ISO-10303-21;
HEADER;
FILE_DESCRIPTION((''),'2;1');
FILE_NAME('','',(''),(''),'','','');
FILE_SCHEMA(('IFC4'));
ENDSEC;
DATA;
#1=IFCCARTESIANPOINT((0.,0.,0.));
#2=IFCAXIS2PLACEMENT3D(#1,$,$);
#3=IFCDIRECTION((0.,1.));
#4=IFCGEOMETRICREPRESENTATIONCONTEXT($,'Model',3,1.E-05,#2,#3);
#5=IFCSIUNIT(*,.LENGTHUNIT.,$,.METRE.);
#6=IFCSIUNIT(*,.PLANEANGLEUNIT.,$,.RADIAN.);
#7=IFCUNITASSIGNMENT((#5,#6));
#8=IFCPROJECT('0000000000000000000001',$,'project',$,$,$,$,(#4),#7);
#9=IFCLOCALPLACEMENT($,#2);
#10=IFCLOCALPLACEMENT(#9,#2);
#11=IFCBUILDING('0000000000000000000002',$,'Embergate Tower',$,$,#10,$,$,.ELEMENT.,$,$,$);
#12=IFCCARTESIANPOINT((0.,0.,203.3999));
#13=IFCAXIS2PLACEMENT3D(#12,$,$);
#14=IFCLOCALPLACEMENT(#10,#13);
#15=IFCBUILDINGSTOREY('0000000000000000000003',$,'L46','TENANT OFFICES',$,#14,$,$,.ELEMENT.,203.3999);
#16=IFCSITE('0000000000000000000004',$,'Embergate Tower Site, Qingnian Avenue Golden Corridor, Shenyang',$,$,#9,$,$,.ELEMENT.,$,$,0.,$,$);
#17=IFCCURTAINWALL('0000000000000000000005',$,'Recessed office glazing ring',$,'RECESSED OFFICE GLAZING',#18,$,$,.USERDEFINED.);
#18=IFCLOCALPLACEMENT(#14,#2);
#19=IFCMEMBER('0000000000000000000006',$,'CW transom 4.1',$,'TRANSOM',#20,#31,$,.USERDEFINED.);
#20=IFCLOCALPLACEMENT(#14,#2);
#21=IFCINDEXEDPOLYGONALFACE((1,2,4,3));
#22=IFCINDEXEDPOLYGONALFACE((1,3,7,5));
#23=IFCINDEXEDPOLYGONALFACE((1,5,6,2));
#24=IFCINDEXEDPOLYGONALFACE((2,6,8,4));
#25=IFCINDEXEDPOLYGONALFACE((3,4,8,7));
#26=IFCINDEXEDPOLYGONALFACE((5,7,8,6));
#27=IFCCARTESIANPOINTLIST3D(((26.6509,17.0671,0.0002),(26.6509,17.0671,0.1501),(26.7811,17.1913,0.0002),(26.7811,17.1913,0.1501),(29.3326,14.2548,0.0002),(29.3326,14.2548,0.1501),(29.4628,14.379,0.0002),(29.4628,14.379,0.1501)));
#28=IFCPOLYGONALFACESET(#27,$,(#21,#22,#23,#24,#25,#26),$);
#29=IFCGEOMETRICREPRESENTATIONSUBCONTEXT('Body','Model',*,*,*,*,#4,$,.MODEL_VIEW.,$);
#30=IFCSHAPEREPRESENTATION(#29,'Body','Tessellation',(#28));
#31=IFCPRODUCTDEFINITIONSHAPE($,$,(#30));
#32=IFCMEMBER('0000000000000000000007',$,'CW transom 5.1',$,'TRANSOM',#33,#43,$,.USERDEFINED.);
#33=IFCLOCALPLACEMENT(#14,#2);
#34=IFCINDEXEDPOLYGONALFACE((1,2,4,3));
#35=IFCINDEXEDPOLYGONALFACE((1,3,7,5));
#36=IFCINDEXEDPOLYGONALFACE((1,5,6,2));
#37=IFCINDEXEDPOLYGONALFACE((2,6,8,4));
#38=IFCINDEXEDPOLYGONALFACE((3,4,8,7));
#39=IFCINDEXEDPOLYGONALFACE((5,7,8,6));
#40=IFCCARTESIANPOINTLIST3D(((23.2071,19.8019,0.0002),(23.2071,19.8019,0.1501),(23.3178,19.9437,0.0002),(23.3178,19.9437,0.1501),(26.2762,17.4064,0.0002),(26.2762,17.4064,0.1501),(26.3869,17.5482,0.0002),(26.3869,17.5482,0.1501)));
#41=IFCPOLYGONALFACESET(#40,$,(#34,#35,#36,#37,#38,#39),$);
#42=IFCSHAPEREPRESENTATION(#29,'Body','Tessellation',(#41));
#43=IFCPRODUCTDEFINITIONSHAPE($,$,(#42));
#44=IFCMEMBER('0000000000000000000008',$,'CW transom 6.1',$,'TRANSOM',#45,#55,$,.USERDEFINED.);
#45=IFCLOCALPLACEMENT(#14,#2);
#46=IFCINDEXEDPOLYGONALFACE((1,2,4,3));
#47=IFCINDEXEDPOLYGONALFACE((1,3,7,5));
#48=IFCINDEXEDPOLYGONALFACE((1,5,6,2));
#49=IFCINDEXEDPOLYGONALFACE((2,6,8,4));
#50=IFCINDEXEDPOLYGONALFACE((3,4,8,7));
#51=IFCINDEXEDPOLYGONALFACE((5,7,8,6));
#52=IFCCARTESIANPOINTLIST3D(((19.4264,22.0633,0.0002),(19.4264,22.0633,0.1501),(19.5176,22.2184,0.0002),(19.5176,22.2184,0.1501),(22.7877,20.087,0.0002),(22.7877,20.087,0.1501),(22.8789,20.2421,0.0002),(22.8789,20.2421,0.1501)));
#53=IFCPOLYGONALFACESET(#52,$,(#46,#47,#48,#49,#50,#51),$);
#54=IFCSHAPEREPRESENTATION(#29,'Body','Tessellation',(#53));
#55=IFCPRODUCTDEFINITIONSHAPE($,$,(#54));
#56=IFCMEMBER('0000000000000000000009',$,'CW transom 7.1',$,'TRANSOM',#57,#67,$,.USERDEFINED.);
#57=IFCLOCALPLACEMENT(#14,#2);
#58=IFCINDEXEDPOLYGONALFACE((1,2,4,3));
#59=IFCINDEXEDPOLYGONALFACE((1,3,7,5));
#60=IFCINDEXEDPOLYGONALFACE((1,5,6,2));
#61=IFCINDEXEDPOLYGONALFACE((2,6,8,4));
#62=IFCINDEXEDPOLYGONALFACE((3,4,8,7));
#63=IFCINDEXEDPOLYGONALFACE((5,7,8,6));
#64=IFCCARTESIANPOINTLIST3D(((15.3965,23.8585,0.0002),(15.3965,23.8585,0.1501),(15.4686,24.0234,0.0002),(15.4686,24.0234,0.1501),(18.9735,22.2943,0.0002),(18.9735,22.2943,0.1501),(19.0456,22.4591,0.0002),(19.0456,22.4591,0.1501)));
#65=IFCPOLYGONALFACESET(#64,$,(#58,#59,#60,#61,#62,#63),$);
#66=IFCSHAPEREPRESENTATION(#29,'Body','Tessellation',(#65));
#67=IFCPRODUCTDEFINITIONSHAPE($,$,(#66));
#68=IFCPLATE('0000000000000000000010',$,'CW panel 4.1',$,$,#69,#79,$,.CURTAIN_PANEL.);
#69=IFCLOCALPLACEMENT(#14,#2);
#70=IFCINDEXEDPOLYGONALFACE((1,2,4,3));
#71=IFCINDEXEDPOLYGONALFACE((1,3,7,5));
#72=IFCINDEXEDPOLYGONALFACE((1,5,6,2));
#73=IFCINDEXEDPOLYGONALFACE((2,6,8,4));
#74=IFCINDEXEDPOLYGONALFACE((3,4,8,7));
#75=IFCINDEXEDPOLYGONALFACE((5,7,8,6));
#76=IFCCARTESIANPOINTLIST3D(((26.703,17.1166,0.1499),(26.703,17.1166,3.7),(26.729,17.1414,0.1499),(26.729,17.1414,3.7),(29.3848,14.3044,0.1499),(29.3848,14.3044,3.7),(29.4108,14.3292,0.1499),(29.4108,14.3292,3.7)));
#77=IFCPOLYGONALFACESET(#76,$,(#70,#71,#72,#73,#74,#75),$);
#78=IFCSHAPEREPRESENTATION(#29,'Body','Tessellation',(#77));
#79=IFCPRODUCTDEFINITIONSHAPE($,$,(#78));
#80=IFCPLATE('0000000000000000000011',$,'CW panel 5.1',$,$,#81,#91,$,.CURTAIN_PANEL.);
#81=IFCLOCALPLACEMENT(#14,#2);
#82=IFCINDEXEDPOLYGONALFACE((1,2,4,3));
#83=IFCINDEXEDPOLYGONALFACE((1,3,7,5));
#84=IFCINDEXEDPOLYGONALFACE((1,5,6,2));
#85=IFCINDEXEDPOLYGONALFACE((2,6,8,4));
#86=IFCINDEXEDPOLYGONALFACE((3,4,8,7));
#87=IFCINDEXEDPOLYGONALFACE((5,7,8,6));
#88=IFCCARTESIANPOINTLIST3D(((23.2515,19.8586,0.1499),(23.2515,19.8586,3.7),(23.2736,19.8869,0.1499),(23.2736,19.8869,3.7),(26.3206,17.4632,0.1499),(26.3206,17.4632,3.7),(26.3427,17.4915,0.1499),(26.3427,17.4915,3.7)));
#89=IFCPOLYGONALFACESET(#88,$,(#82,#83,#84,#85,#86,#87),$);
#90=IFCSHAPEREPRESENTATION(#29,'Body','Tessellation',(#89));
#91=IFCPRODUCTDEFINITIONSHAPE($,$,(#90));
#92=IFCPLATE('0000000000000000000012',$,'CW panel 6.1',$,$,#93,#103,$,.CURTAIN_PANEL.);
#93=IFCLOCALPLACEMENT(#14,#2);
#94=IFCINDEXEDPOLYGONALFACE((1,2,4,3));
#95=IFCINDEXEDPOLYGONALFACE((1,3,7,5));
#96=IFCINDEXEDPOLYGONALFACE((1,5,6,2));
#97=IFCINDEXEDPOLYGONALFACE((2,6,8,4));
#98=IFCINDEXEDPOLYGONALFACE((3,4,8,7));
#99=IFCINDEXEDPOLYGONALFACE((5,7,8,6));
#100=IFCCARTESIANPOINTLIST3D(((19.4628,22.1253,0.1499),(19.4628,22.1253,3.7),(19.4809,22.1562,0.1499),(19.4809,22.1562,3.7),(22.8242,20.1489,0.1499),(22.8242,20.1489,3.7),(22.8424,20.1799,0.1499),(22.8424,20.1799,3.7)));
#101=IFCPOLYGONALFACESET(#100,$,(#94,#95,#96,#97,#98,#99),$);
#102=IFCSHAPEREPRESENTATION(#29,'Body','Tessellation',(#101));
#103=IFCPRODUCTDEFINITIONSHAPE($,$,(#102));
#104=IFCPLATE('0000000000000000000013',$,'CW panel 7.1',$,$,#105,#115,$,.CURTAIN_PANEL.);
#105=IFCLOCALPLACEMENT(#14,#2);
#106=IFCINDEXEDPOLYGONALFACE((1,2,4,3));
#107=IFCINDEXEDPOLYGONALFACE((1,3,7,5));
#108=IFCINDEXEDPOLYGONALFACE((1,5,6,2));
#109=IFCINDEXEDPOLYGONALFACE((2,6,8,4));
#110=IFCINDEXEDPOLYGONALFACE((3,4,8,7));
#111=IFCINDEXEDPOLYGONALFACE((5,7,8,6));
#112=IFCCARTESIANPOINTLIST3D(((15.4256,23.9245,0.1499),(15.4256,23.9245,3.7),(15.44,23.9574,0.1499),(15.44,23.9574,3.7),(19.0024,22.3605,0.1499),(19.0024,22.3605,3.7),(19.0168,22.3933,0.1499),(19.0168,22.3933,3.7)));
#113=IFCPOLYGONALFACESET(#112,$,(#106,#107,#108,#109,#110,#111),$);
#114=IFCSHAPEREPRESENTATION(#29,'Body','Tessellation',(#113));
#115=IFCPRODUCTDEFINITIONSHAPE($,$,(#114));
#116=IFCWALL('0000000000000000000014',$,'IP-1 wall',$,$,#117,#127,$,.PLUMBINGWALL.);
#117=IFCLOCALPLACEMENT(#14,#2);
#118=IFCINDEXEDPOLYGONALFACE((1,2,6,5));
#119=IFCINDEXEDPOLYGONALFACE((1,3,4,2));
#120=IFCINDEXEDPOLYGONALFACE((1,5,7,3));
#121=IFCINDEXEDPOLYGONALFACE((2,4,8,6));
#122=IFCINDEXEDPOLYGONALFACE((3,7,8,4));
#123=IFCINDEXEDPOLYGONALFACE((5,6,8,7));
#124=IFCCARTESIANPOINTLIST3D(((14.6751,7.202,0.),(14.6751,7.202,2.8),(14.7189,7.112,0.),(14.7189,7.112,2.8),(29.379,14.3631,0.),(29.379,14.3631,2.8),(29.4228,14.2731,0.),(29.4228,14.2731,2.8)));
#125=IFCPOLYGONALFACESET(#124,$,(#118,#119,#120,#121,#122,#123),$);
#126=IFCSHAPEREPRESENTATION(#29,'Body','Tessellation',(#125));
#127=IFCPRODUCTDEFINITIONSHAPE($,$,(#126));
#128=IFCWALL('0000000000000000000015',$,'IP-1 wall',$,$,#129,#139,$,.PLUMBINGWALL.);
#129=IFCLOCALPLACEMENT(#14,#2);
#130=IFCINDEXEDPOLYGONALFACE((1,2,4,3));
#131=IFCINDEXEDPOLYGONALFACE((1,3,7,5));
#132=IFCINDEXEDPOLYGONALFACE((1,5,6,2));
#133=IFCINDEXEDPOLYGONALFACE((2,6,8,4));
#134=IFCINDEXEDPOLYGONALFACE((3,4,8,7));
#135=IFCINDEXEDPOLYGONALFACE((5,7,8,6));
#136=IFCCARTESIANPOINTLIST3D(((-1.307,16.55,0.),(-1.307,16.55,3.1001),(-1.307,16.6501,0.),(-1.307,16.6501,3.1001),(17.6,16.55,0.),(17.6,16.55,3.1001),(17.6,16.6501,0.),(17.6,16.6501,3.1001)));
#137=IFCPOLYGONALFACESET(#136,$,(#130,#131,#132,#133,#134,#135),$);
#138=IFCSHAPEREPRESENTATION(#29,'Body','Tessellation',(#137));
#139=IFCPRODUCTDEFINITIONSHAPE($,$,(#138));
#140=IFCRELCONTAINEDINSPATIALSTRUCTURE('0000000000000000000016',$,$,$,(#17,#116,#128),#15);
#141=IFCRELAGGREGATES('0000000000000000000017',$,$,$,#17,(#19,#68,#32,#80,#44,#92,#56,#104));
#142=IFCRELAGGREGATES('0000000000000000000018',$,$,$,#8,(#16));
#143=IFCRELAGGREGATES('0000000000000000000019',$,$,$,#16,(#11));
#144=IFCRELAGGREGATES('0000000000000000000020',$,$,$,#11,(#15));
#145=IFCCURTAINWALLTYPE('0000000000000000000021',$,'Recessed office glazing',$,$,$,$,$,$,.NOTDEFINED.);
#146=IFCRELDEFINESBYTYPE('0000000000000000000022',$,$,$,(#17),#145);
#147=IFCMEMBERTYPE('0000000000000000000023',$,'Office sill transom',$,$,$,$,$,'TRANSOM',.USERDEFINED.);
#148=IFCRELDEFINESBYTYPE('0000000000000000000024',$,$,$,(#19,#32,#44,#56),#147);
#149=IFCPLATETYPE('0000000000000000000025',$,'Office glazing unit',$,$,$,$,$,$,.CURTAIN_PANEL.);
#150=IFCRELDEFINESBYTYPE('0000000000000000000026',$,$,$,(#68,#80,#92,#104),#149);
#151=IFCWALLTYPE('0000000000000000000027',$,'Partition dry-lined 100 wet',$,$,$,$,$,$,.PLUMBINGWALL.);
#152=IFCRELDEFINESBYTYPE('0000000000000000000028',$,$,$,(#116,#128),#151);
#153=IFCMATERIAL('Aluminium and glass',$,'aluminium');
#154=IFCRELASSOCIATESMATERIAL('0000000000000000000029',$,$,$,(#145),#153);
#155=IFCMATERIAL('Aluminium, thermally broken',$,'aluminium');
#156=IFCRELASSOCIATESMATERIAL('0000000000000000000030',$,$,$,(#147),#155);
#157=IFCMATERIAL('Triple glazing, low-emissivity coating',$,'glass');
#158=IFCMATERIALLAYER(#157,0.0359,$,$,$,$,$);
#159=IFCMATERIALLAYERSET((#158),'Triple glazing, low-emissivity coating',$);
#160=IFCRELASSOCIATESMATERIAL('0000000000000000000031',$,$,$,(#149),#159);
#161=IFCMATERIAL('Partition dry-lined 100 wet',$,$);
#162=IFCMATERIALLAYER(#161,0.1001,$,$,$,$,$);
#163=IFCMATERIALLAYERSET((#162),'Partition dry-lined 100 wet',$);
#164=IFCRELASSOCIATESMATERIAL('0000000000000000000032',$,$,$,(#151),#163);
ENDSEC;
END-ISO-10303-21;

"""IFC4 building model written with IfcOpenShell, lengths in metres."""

from ifc_helpers import new_model, si_unit, direction, frame, frame_2d, origin, origin_2d, place, context, subcontext, project, spatial, rectangle, extrude, source, transform, mapped, material, layer, layer_set, material_profile, profile_set, type_object, element, aggregate, save


model = new_model("IFC4")

# Units and contexts
model_context = context("Model", 3, precision=1e-05, world=origin(), true_north=direction((0.0, 1.0)))
body_context = subcontext(model_context, "Body", "Model", "MODEL_VIEW")
ifc_project = project(units=[si_unit("LENGTHUNIT", "METRE"), si_unit("PLANEANGLEUNIT", "RADIAN")], contexts=[model_context])

# Site, building, storey
site_placement = place(None, origin())
site = spatial("IfcSite", under=ifc_project, at=site_placement, Name="Embergate Tower Site, Qingnian Avenue Golden Corridor, Shenyang", CompositionType="ELEMENT", RefElevation=0.0)
building_placement = place(site_placement, origin())
building = spatial("IfcBuilding", under=site, at=building_placement, Name="Embergate Tower", CompositionType="ELEMENT")
storey_placement = place(building_placement, frame((0.0, 0.0, 203.3999)))
storey = spatial("IfcBuildingStorey", under=building, at=storey_placement, Name="L46", Description="TENANT OFFICES", CompositionType="ELEMENT", Elevation=203.3999)

# Curtain wall, members, plates
ifc_material_1 = material(Name="Aluminium and glass", Category="aluminium")
curtain_wall_type = type_object("IfcCurtainWallType", Name="Recessed office glazing", PredefinedType="NOTDEFINED", material=ifc_material_1)
curtain_wall_placement = place(storey_placement, origin())
curtain_wall = element("IfcCurtainWall", 1, at=curtain_wall_placement, inside=storey, type_object=curtain_wall_type, Name="Recessed office glazing ring", ObjectType="RECESSED OFFICE GLAZING", PredefinedType="USERDEFINED")
ifc_material_2 = material(Name="Aluminium, thermally broken", Category="aluminium")
ifc_material_profile_1 = material_profile(ifc_material_2, rectangle(XDim=0.1799, YDim=0.1499, at=origin_2d()), Name="AL 150x180")
ifc_profile_set_1 = profile_set([ifc_material_profile_1], Name="Aluminium, thermally broken")
member_type_1 = type_object("IfcMemberType", Name="Office sill transom", ElementType="TRANSOM", PredefinedType="USERDEFINED", material=ifc_profile_set_1)
shared_shape_1 = source(origin(), body_context, "Body", "SweptSolid", [
    extrude(rectangle(XDim=0.1799, YDim=0.1499, at=origin_2d()), origin(), (0.0, 0.0, 1.0), 3.886),
])
member_1_placement = place(storey_placement, frame((29.3977, 14.3169, 0.0752), z_axis=(-0.690101, 0.723713, 0.0), x_axis=(-0.723713, -0.690101, 0.0)))
member_1 = element("IfcMember", 2, at=member_1_placement, type_object=member_type_1, Name="CW transom 4.1", ObjectType="TRANSOM", PredefinedType="USERDEFINED", context=body_context, shape_type="MappedRepresentation", body=[
    mapped(shared_shape_1, transform((0.0, 0.0, 0.0))),
])
shared_shape_2 = source(origin(), body_context, "Body", "SweptSolid", [
    extrude(rectangle(XDim=0.1799, YDim=0.1499, at=origin_2d()), origin(), (0.0, 0.0, 1.0), 3.8933),
])
member_2_placement = place(storey_placement, frame((26.3315, 17.4773, 0.0752), z_axis=(-0.788301, 0.61529, 0.0), x_axis=(-0.61529, -0.788301, 0.0)))
member_2 = element("IfcMember", 3, at=member_2_placement, type_object=member_type_1, Name="CW transom 5.1", ObjectType="TRANSOM", PredefinedType="USERDEFINED", context=body_context, shape_type="MappedRepresentation", body=[
    mapped(shared_shape_2, transform((0.0, 0.0, 0.0))),
])
shared_shape_3 = source(origin(), body_context, "Body", "SweptSolid", [
    extrude(rectangle(XDim=0.1799, YDim=0.1499, at=origin_2d()), origin(), (0.0, 0.0, 1.0), 3.8992),
])
member_3_placement = place(storey_placement, frame((22.8333, 20.1646, 0.0752), z_axis=(-0.862039, 0.506842, 0.0), x_axis=(-0.506842, -0.862039, 0.0)))
member_3 = element("IfcMember", 4, at=member_3_placement, type_object=member_type_1, Name="CW transom 6.1", ObjectType="TRANSOM", PredefinedType="USERDEFINED", context=body_context, shape_type="MappedRepresentation", body=[
    mapped(shared_shape_3, transform((0.0, 0.0, 0.0))),
])
shared_shape_4 = source(origin(), body_context, "Body", "SweptSolid", [
    extrude(rectangle(XDim=0.1799, YDim=0.1499, at=origin_2d()), origin(), (0.0, 0.0, 1.0), 3.9041),
])
member_4_placement = place(storey_placement, frame((19.0095, 22.3767, 0.0752), z_axis=(-0.916222, 0.400671, 0.0), x_axis=(-0.400671, -0.916222, 0.0)))
member_4 = element("IfcMember", 5, at=member_4_placement, type_object=member_type_1, Name="CW transom 7.1", ObjectType="TRANSOM", PredefinedType="USERDEFINED", context=body_context, shape_type="MappedRepresentation", body=[
    mapped(shared_shape_4, transform((0.0, 0.0, 0.0))),
])
ifc_material_3 = material(Name="Triple glazing, low-emissivity coating", Category="glass")
ifc_layer_1 = layer(ifc_material_3, 0.0359)
ifc_layer_set_1 = layer_set([ifc_layer_1], Name="Triple glazing, low-emissivity coating")
plate_type = type_object("IfcPlateType", Name="Office glazing unit", PredefinedType="CURTAIN_PANEL", material=ifc_layer_set_1)
shared_shape_5 = source(origin(), body_context, "Body", "SweptSolid", [
    extrude(rectangle(XDim=3.886, YDim=0.0359, at=origin_2d()), origin(), (0.0, 0.0, 1.0), 3.55),
])
plate_1_placement = place(storey_placement, frame((28.0569, 15.7229, 0.1499), z_axis=(0.0, 0.0, 1.0), x_axis=(-0.690124, 0.723691, 0.0)))
plate_1 = element("IfcPlate", 6, at=plate_1_placement, type_object=plate_type, Name="CW panel 4.1", PredefinedType="CURTAIN_PANEL", context=body_context, shape_type="MappedRepresentation", body=[
    mapped(shared_shape_5, transform((0.0, 0.0, 0.0))),
])
shared_shape_6 = source(origin(), body_context, "Body", "SweptSolid", [
    extrude(rectangle(XDim=3.8933, YDim=0.0359, at=origin_2d()), origin(), (0.0, 0.0, 1.0), 3.55),
])
plate_2_placement = place(storey_placement, frame((24.7971, 18.675, 0.1499), z_axis=(0.0, 0.0, 1.0), x_axis=(-0.788312, 0.615276, 0.0)))
plate_2 = element("IfcPlate", 7, at=plate_2_placement, type_object=plate_type, Name="CW panel 5.1", PredefinedType="CURTAIN_PANEL", context=body_context, shape_type="MappedRepresentation", body=[
    mapped(shared_shape_6, transform((0.0, 0.0, 0.0))),
])
shared_shape_7 = source(origin(), body_context, "Body", "SweptSolid", [
    extrude(rectangle(XDim=3.8994, YDim=0.0359, at=origin_2d()), origin(), (0.0, 0.0, 1.0), 3.55),
])
plate_3_placement = place(storey_placement, frame((21.1526, 21.1526, 0.1499), z_axis=(0.0, 0.0, 1.0), x_axis=(-0.862046, 0.50683, 0.0)))
plate_3 = element("IfcPlate", 8, at=plate_3_placement, type_object=plate_type, Name="CW panel 6.1", PredefinedType="CURTAIN_PANEL", context=body_context, shape_type="MappedRepresentation", body=[
    mapped(shared_shape_7, transform((0.0, 0.0, 0.0))),
])
shared_shape_8 = source(origin(), body_context, "Body", "SweptSolid", [
    extrude(rectangle(XDim=3.9038, YDim=0.0359, at=origin_2d()), origin(), (0.0, 0.0, 1.0), 3.55),
])
plate_4_placement = place(storey_placement, frame((17.2212, 23.1589, 0.1499), z_axis=(0.0, 0.0, 1.0), x_axis=(-0.916231, 0.40065, 0.0)))
plate_4 = element("IfcPlate", 9, at=plate_4_placement, type_object=plate_type, Name="CW panel 7.1", PredefinedType="CURTAIN_PANEL", context=body_context, shape_type="MappedRepresentation", body=[
    mapped(shared_shape_8, transform((0.0, 0.0, 0.0))),
])
aggregate(curtain_wall, [member_1, plate_1, member_2, plate_2, member_3, plate_3, member_4, plate_4])

# Walls
ifc_material_4 = material(Name="Partition dry-lined 100 wet")
ifc_layer_2 = layer(ifc_material_4, 0.1001)
ifc_layer_set_2 = layer_set([ifc_layer_2], Name="Partition dry-lined 100 wet")
wall_type = type_object("IfcWallType", Name="Partition dry-lined 100 wet", PredefinedType="PLUMBINGWALL", material=ifc_layer_set_2)
shared_shape_9 = source(origin(), body_context, "Body", "SweptSolid", [
    extrude(rectangle(XDim=16.355, YDim=0.1001, at=frame_2d((8.1775, 0.0))), origin(), (0.0, 0.0, 1.0), 2.8),
])
wall_1_placement = place(storey_placement, frame((29.4009, 14.3181, 0.0), z_axis=(0.0, 0.0, 1.0), x_axis=(-0.899045, -0.437857, 0.0)))
element("IfcWall", 10, at=wall_1_placement, inside=storey, type_object=wall_type, Name="IP-1 wall", PredefinedType="PLUMBINGWALL", context=body_context, shape_type="MappedRepresentation", body=[
    mapped(shared_shape_9, transform((0.0, 0.0, 0.0))),
])
shared_shape_10 = source(origin(), body_context, "Body", "SweptSolid", [
    extrude(rectangle(XDim=18.907, YDim=0.1001, at=frame_2d((9.4536, 0.0))), origin(), (0.0, 0.0, 1.0), 3.1001),
])
wall_2_placement = place(storey_placement, frame((17.6001, 16.6001, 0.0), z_axis=(0.0, 0.0, 1.0), x_axis=(-1.0, 0.0, 0.0)))
element("IfcWall", 11, at=wall_2_placement, inside=storey, type_object=wall_type, Name="IP-1 wall", PredefinedType="PLUMBINGWALL", context=body_context, shape_type="MappedRepresentation", body=[
    mapped(shared_shape_10, transform((0.0, 0.0, 0.0))),
])

save(model, "model.ifc")
